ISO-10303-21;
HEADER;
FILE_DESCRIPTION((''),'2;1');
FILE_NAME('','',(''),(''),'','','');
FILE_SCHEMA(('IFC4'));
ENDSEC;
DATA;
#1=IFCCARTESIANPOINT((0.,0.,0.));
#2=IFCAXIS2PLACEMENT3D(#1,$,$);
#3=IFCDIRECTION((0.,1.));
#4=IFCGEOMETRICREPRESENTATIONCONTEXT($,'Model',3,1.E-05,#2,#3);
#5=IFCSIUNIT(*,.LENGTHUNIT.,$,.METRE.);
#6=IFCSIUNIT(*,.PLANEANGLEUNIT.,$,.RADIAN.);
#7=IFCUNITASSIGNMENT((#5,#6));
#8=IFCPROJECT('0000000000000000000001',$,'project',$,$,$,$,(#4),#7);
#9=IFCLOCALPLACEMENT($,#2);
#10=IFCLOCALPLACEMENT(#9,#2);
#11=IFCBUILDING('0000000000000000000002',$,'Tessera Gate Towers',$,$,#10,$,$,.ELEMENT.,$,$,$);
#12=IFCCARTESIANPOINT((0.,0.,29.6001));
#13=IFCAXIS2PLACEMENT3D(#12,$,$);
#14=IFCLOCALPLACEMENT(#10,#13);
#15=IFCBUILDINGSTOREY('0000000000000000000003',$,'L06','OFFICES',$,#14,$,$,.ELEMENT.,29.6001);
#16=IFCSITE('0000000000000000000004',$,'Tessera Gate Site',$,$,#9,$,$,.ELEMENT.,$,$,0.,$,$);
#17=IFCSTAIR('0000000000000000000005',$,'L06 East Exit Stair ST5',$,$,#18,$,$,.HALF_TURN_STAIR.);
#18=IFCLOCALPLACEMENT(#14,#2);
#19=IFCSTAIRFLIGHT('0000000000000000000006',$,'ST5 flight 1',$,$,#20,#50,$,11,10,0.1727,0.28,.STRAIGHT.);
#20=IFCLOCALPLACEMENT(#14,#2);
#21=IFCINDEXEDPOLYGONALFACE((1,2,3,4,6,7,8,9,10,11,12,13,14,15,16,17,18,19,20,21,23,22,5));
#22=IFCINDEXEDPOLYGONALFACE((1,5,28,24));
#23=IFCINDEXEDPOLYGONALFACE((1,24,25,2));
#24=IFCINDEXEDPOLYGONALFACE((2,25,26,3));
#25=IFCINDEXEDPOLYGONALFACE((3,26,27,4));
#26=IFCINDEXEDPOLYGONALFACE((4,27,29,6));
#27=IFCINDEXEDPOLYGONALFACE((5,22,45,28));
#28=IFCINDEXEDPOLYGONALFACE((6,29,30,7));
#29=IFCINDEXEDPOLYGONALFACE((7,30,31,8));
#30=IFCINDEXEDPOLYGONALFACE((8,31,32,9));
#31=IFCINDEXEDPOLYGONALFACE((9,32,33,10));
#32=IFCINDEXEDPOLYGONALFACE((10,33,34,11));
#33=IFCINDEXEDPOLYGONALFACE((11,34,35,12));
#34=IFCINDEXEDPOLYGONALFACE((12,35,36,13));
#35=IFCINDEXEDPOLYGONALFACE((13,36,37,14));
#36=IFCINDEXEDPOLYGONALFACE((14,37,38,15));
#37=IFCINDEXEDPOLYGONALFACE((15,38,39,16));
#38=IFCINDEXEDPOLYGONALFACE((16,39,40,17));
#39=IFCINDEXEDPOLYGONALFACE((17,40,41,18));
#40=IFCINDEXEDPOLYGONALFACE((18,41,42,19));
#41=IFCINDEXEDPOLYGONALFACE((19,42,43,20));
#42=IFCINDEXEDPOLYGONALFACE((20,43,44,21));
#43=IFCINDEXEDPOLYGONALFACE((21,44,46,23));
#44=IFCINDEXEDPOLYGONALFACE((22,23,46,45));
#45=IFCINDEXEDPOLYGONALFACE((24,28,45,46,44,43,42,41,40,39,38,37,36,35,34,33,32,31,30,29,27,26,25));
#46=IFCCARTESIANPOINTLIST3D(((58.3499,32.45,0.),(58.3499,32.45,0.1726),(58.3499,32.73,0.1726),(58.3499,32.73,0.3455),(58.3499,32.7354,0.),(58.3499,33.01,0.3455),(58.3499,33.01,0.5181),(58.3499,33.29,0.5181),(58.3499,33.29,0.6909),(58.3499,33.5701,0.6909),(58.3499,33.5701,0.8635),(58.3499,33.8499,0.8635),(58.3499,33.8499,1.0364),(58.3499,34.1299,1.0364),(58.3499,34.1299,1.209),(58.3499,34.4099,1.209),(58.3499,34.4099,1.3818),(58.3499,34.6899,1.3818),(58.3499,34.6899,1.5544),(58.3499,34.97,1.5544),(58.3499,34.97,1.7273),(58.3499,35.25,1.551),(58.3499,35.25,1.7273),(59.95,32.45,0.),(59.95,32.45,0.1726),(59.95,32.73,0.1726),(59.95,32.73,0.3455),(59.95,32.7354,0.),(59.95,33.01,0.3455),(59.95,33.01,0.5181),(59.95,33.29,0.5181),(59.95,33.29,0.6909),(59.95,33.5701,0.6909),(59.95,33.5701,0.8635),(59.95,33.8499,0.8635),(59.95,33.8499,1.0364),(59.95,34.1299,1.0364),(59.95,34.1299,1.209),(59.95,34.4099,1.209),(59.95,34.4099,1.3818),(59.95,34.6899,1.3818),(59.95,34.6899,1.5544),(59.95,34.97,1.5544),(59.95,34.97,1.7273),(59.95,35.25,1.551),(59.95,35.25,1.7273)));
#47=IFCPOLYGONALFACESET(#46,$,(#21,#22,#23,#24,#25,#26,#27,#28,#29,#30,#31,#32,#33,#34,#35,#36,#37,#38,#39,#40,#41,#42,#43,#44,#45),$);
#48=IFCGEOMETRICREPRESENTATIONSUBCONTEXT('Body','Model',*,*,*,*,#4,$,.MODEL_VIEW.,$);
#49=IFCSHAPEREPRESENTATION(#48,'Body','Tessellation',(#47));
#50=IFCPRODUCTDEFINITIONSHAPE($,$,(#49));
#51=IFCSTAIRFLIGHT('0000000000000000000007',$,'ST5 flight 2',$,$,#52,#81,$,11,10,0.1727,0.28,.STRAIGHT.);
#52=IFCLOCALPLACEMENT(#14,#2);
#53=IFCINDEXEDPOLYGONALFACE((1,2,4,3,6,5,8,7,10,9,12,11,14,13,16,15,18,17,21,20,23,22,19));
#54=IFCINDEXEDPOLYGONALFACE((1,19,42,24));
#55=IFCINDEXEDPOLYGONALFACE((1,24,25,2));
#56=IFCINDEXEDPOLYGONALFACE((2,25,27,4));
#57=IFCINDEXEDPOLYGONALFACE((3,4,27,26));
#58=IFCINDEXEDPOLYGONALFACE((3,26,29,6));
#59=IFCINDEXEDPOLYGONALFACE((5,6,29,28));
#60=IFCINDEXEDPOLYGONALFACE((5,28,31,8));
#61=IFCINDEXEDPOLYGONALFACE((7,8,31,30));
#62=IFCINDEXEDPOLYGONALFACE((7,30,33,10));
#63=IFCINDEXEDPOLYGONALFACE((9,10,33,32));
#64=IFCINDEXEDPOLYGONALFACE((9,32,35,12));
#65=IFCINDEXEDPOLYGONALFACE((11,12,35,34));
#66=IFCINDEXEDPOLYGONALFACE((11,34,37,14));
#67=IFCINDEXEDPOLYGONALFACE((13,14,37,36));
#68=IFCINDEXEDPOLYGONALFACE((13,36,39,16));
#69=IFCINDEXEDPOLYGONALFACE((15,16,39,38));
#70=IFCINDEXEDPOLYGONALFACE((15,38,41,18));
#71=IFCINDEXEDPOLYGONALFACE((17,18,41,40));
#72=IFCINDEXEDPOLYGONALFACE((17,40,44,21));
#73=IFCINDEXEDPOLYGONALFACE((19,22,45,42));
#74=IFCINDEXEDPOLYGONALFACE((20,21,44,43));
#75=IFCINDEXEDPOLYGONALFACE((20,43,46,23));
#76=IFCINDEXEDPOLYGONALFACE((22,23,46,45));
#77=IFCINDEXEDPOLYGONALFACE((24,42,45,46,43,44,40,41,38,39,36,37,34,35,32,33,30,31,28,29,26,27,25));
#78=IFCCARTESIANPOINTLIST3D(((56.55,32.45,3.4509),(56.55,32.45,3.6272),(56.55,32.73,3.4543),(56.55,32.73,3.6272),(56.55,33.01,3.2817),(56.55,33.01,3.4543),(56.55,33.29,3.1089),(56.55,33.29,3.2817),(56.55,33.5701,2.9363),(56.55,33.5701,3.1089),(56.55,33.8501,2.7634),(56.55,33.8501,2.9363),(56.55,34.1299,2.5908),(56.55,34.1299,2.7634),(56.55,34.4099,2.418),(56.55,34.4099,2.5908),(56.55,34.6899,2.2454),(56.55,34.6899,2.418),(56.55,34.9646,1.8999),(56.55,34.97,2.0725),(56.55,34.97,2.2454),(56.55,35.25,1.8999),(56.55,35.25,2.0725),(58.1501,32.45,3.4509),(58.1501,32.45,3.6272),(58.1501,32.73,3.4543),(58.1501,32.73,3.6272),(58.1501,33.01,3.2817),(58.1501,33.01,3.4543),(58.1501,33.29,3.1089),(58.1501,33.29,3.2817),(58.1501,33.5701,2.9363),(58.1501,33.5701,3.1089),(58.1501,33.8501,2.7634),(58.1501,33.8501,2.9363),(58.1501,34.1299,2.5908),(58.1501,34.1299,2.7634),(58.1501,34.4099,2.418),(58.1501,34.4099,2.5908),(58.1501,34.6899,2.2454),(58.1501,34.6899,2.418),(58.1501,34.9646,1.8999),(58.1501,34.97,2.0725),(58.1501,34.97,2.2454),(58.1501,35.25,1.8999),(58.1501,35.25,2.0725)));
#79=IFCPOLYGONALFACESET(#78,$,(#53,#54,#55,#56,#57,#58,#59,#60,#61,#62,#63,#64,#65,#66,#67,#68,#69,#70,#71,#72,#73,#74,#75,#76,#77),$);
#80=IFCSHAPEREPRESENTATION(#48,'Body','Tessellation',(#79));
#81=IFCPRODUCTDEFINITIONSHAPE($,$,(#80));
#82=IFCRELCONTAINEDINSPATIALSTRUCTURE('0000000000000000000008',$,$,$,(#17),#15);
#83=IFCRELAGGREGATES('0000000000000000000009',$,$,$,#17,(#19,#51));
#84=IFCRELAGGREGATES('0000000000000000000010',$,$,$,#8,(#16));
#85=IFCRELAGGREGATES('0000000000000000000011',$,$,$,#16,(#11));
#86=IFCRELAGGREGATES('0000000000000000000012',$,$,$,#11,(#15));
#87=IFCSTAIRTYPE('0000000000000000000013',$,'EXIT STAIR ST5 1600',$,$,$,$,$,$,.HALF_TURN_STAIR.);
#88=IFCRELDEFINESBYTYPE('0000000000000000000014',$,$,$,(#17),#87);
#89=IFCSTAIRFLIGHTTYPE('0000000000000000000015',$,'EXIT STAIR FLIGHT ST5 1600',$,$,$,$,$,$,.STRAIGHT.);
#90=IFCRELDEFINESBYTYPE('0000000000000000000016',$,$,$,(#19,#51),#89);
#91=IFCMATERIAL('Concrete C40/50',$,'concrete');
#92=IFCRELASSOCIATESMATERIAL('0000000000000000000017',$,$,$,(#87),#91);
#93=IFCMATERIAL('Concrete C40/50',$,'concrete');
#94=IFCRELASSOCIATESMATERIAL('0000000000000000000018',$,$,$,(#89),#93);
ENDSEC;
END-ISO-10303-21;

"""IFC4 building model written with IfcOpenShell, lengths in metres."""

from ifc_helpers import new_model, si_unit, direction, frame, origin, place, context, subcontext, project, spatial, polyline, outline, extrude, material, type_object, element, aggregate, save


model = new_model("IFC4")

# Units and contexts
model_context = context("Model", 3, precision=1e-05, world=origin(), true_north=direction((0.0, 1.0)))
body_context = subcontext(model_context, "Body", "Model", "MODEL_VIEW")
ifc_project = project(units=[si_unit("LENGTHUNIT", "METRE"), si_unit("PLANEANGLEUNIT", "RADIAN")], contexts=[model_context])

# Site, building, storey
site_placement = place(None, origin())
site = spatial("IfcSite", under=ifc_project, at=site_placement, Name="Tessera Gate Site", CompositionType="ELEMENT", RefElevation=0.0)
building_placement = place(site_placement, origin())
building = spatial("IfcBuilding", under=site, at=building_placement, Name="Tessera Gate Towers", CompositionType="ELEMENT")
storey_placement = place(building_placement, frame((0.0, 0.0, 29.6001)))
storey = spatial("IfcBuildingStorey", under=building, at=storey_placement, Name="L06", Description="OFFICES", CompositionType="ELEMENT", Elevation=29.6001)

# Stair, stair flights
ifc_material_1 = material(Name="Concrete C40/50", Category="concrete")
stair_type_1 = type_object("IfcStairType", Name="EXIT STAIR ST5 1600", PredefinedType="HALF_TURN_STAIR", material=ifc_material_1)
stair_1_placement = place(storey_placement, origin())
stair_1 = element("IfcStair", 1, at=stair_1_placement, inside=storey, type_object=stair_type_1, Name="L06 East Exit Stair ST5", PredefinedType="HALF_TURN_STAIR")
ifc_material_2 = material(Name="Concrete C40/50", Category="concrete")
stair_flight_type_1 = type_object("IfcStairFlightType", Name="EXIT STAIR FLIGHT ST5 1600", PredefinedType="STRAIGHT", material=ifc_material_2)
stair_flight_1_placement = place(storey_placement, frame((59.1499, 32.45, 0.0), z_axis=(0.0, 0.0, 1.0), x_axis=(0.0, 1.0, 0.0)))
stair_flight_1 = element("IfcStairFlight", 2, at=stair_flight_1_placement, type_object=stair_flight_type_1, Name="ST5 flight 1", NumberOfRisers=11, NumberOfTreads=10, PredefinedType="STRAIGHT", RiserHeight=0.1727, TreadLength=0.28, context=body_context, shape_type="SweptSolid", body=[
    extrude(outline(polyline([(0.0, 0.0), (0.0, 0.1726), (0.28, 0.1726), (0.28, 0.3455), (0.5601, 0.3455), (0.5601, 0.5181), (0.8401, 0.5181), (0.8401, 0.6909), (1.1201, 0.6909), (1.1201, 0.8635), (1.3999, 0.8635), (1.3999, 1.0364), (1.6799, 1.0364), (1.6799, 1.209), (1.96, 1.209), (1.96, 1.3818), (2.24, 1.3818), (2.24, 1.5544), (2.52, 1.5544), (2.52, 1.7273), (2.8, 1.7273), (2.8, 1.8999), (2.8, 1.551), (0.2854, 0.0), (0.0, 0.0)])), frame((0.0, 0.8, 0.0), z_axis=(0.0, -1.0, 0.0), x_axis=(1.0, 0.0, 0.0)), (0.0, 0.0, 1.0), 1.6001),
])
stair_flight_2_placement = place(storey_placement, frame((57.3501, 35.25, 1.8999), z_axis=(0.0, 0.0, 1.0), x_axis=(0.0, -1.0, 0.0)))
stair_flight_2 = element("IfcStairFlight", 3, at=stair_flight_2_placement, type_object=stair_flight_type_1, Name="ST5 flight 2", NumberOfRisers=11, NumberOfTreads=10, PredefinedType="STRAIGHT", RiserHeight=0.1727, TreadLength=0.28, context=body_context, shape_type="SweptSolid", body=[
    extrude(outline(polyline([(0.0, 0.0), (0.0, 0.1726), (0.28, 0.1726), (0.28, 0.3455), (0.5601, 0.3455), (0.5601, 0.5181), (0.8401, 0.5181), (0.8401, 0.6909), (1.1201, 0.6909), (1.1201, 0.8635), (1.3999, 0.8635), (1.3999, 1.0364), (1.6799, 1.0364), (1.6799, 1.209), (1.96, 1.209), (1.96, 1.3818), (2.24, 1.3818), (2.24, 1.5544), (2.52, 1.5544), (2.52, 1.7273), (2.8, 1.7273), (2.8, 1.8999), (2.8, 1.551), (0.2854, 0.0), (0.0, 0.0)])), frame((0.0, 0.8, 0.0), z_axis=(0.0, -1.0, 0.0), x_axis=(1.0, 0.0, 0.0)), (0.0, 0.0, 1.0), 1.6001),
])
aggregate(stair_1, [stair_flight_1, stair_flight_2])

save(model, "model.ifc")
